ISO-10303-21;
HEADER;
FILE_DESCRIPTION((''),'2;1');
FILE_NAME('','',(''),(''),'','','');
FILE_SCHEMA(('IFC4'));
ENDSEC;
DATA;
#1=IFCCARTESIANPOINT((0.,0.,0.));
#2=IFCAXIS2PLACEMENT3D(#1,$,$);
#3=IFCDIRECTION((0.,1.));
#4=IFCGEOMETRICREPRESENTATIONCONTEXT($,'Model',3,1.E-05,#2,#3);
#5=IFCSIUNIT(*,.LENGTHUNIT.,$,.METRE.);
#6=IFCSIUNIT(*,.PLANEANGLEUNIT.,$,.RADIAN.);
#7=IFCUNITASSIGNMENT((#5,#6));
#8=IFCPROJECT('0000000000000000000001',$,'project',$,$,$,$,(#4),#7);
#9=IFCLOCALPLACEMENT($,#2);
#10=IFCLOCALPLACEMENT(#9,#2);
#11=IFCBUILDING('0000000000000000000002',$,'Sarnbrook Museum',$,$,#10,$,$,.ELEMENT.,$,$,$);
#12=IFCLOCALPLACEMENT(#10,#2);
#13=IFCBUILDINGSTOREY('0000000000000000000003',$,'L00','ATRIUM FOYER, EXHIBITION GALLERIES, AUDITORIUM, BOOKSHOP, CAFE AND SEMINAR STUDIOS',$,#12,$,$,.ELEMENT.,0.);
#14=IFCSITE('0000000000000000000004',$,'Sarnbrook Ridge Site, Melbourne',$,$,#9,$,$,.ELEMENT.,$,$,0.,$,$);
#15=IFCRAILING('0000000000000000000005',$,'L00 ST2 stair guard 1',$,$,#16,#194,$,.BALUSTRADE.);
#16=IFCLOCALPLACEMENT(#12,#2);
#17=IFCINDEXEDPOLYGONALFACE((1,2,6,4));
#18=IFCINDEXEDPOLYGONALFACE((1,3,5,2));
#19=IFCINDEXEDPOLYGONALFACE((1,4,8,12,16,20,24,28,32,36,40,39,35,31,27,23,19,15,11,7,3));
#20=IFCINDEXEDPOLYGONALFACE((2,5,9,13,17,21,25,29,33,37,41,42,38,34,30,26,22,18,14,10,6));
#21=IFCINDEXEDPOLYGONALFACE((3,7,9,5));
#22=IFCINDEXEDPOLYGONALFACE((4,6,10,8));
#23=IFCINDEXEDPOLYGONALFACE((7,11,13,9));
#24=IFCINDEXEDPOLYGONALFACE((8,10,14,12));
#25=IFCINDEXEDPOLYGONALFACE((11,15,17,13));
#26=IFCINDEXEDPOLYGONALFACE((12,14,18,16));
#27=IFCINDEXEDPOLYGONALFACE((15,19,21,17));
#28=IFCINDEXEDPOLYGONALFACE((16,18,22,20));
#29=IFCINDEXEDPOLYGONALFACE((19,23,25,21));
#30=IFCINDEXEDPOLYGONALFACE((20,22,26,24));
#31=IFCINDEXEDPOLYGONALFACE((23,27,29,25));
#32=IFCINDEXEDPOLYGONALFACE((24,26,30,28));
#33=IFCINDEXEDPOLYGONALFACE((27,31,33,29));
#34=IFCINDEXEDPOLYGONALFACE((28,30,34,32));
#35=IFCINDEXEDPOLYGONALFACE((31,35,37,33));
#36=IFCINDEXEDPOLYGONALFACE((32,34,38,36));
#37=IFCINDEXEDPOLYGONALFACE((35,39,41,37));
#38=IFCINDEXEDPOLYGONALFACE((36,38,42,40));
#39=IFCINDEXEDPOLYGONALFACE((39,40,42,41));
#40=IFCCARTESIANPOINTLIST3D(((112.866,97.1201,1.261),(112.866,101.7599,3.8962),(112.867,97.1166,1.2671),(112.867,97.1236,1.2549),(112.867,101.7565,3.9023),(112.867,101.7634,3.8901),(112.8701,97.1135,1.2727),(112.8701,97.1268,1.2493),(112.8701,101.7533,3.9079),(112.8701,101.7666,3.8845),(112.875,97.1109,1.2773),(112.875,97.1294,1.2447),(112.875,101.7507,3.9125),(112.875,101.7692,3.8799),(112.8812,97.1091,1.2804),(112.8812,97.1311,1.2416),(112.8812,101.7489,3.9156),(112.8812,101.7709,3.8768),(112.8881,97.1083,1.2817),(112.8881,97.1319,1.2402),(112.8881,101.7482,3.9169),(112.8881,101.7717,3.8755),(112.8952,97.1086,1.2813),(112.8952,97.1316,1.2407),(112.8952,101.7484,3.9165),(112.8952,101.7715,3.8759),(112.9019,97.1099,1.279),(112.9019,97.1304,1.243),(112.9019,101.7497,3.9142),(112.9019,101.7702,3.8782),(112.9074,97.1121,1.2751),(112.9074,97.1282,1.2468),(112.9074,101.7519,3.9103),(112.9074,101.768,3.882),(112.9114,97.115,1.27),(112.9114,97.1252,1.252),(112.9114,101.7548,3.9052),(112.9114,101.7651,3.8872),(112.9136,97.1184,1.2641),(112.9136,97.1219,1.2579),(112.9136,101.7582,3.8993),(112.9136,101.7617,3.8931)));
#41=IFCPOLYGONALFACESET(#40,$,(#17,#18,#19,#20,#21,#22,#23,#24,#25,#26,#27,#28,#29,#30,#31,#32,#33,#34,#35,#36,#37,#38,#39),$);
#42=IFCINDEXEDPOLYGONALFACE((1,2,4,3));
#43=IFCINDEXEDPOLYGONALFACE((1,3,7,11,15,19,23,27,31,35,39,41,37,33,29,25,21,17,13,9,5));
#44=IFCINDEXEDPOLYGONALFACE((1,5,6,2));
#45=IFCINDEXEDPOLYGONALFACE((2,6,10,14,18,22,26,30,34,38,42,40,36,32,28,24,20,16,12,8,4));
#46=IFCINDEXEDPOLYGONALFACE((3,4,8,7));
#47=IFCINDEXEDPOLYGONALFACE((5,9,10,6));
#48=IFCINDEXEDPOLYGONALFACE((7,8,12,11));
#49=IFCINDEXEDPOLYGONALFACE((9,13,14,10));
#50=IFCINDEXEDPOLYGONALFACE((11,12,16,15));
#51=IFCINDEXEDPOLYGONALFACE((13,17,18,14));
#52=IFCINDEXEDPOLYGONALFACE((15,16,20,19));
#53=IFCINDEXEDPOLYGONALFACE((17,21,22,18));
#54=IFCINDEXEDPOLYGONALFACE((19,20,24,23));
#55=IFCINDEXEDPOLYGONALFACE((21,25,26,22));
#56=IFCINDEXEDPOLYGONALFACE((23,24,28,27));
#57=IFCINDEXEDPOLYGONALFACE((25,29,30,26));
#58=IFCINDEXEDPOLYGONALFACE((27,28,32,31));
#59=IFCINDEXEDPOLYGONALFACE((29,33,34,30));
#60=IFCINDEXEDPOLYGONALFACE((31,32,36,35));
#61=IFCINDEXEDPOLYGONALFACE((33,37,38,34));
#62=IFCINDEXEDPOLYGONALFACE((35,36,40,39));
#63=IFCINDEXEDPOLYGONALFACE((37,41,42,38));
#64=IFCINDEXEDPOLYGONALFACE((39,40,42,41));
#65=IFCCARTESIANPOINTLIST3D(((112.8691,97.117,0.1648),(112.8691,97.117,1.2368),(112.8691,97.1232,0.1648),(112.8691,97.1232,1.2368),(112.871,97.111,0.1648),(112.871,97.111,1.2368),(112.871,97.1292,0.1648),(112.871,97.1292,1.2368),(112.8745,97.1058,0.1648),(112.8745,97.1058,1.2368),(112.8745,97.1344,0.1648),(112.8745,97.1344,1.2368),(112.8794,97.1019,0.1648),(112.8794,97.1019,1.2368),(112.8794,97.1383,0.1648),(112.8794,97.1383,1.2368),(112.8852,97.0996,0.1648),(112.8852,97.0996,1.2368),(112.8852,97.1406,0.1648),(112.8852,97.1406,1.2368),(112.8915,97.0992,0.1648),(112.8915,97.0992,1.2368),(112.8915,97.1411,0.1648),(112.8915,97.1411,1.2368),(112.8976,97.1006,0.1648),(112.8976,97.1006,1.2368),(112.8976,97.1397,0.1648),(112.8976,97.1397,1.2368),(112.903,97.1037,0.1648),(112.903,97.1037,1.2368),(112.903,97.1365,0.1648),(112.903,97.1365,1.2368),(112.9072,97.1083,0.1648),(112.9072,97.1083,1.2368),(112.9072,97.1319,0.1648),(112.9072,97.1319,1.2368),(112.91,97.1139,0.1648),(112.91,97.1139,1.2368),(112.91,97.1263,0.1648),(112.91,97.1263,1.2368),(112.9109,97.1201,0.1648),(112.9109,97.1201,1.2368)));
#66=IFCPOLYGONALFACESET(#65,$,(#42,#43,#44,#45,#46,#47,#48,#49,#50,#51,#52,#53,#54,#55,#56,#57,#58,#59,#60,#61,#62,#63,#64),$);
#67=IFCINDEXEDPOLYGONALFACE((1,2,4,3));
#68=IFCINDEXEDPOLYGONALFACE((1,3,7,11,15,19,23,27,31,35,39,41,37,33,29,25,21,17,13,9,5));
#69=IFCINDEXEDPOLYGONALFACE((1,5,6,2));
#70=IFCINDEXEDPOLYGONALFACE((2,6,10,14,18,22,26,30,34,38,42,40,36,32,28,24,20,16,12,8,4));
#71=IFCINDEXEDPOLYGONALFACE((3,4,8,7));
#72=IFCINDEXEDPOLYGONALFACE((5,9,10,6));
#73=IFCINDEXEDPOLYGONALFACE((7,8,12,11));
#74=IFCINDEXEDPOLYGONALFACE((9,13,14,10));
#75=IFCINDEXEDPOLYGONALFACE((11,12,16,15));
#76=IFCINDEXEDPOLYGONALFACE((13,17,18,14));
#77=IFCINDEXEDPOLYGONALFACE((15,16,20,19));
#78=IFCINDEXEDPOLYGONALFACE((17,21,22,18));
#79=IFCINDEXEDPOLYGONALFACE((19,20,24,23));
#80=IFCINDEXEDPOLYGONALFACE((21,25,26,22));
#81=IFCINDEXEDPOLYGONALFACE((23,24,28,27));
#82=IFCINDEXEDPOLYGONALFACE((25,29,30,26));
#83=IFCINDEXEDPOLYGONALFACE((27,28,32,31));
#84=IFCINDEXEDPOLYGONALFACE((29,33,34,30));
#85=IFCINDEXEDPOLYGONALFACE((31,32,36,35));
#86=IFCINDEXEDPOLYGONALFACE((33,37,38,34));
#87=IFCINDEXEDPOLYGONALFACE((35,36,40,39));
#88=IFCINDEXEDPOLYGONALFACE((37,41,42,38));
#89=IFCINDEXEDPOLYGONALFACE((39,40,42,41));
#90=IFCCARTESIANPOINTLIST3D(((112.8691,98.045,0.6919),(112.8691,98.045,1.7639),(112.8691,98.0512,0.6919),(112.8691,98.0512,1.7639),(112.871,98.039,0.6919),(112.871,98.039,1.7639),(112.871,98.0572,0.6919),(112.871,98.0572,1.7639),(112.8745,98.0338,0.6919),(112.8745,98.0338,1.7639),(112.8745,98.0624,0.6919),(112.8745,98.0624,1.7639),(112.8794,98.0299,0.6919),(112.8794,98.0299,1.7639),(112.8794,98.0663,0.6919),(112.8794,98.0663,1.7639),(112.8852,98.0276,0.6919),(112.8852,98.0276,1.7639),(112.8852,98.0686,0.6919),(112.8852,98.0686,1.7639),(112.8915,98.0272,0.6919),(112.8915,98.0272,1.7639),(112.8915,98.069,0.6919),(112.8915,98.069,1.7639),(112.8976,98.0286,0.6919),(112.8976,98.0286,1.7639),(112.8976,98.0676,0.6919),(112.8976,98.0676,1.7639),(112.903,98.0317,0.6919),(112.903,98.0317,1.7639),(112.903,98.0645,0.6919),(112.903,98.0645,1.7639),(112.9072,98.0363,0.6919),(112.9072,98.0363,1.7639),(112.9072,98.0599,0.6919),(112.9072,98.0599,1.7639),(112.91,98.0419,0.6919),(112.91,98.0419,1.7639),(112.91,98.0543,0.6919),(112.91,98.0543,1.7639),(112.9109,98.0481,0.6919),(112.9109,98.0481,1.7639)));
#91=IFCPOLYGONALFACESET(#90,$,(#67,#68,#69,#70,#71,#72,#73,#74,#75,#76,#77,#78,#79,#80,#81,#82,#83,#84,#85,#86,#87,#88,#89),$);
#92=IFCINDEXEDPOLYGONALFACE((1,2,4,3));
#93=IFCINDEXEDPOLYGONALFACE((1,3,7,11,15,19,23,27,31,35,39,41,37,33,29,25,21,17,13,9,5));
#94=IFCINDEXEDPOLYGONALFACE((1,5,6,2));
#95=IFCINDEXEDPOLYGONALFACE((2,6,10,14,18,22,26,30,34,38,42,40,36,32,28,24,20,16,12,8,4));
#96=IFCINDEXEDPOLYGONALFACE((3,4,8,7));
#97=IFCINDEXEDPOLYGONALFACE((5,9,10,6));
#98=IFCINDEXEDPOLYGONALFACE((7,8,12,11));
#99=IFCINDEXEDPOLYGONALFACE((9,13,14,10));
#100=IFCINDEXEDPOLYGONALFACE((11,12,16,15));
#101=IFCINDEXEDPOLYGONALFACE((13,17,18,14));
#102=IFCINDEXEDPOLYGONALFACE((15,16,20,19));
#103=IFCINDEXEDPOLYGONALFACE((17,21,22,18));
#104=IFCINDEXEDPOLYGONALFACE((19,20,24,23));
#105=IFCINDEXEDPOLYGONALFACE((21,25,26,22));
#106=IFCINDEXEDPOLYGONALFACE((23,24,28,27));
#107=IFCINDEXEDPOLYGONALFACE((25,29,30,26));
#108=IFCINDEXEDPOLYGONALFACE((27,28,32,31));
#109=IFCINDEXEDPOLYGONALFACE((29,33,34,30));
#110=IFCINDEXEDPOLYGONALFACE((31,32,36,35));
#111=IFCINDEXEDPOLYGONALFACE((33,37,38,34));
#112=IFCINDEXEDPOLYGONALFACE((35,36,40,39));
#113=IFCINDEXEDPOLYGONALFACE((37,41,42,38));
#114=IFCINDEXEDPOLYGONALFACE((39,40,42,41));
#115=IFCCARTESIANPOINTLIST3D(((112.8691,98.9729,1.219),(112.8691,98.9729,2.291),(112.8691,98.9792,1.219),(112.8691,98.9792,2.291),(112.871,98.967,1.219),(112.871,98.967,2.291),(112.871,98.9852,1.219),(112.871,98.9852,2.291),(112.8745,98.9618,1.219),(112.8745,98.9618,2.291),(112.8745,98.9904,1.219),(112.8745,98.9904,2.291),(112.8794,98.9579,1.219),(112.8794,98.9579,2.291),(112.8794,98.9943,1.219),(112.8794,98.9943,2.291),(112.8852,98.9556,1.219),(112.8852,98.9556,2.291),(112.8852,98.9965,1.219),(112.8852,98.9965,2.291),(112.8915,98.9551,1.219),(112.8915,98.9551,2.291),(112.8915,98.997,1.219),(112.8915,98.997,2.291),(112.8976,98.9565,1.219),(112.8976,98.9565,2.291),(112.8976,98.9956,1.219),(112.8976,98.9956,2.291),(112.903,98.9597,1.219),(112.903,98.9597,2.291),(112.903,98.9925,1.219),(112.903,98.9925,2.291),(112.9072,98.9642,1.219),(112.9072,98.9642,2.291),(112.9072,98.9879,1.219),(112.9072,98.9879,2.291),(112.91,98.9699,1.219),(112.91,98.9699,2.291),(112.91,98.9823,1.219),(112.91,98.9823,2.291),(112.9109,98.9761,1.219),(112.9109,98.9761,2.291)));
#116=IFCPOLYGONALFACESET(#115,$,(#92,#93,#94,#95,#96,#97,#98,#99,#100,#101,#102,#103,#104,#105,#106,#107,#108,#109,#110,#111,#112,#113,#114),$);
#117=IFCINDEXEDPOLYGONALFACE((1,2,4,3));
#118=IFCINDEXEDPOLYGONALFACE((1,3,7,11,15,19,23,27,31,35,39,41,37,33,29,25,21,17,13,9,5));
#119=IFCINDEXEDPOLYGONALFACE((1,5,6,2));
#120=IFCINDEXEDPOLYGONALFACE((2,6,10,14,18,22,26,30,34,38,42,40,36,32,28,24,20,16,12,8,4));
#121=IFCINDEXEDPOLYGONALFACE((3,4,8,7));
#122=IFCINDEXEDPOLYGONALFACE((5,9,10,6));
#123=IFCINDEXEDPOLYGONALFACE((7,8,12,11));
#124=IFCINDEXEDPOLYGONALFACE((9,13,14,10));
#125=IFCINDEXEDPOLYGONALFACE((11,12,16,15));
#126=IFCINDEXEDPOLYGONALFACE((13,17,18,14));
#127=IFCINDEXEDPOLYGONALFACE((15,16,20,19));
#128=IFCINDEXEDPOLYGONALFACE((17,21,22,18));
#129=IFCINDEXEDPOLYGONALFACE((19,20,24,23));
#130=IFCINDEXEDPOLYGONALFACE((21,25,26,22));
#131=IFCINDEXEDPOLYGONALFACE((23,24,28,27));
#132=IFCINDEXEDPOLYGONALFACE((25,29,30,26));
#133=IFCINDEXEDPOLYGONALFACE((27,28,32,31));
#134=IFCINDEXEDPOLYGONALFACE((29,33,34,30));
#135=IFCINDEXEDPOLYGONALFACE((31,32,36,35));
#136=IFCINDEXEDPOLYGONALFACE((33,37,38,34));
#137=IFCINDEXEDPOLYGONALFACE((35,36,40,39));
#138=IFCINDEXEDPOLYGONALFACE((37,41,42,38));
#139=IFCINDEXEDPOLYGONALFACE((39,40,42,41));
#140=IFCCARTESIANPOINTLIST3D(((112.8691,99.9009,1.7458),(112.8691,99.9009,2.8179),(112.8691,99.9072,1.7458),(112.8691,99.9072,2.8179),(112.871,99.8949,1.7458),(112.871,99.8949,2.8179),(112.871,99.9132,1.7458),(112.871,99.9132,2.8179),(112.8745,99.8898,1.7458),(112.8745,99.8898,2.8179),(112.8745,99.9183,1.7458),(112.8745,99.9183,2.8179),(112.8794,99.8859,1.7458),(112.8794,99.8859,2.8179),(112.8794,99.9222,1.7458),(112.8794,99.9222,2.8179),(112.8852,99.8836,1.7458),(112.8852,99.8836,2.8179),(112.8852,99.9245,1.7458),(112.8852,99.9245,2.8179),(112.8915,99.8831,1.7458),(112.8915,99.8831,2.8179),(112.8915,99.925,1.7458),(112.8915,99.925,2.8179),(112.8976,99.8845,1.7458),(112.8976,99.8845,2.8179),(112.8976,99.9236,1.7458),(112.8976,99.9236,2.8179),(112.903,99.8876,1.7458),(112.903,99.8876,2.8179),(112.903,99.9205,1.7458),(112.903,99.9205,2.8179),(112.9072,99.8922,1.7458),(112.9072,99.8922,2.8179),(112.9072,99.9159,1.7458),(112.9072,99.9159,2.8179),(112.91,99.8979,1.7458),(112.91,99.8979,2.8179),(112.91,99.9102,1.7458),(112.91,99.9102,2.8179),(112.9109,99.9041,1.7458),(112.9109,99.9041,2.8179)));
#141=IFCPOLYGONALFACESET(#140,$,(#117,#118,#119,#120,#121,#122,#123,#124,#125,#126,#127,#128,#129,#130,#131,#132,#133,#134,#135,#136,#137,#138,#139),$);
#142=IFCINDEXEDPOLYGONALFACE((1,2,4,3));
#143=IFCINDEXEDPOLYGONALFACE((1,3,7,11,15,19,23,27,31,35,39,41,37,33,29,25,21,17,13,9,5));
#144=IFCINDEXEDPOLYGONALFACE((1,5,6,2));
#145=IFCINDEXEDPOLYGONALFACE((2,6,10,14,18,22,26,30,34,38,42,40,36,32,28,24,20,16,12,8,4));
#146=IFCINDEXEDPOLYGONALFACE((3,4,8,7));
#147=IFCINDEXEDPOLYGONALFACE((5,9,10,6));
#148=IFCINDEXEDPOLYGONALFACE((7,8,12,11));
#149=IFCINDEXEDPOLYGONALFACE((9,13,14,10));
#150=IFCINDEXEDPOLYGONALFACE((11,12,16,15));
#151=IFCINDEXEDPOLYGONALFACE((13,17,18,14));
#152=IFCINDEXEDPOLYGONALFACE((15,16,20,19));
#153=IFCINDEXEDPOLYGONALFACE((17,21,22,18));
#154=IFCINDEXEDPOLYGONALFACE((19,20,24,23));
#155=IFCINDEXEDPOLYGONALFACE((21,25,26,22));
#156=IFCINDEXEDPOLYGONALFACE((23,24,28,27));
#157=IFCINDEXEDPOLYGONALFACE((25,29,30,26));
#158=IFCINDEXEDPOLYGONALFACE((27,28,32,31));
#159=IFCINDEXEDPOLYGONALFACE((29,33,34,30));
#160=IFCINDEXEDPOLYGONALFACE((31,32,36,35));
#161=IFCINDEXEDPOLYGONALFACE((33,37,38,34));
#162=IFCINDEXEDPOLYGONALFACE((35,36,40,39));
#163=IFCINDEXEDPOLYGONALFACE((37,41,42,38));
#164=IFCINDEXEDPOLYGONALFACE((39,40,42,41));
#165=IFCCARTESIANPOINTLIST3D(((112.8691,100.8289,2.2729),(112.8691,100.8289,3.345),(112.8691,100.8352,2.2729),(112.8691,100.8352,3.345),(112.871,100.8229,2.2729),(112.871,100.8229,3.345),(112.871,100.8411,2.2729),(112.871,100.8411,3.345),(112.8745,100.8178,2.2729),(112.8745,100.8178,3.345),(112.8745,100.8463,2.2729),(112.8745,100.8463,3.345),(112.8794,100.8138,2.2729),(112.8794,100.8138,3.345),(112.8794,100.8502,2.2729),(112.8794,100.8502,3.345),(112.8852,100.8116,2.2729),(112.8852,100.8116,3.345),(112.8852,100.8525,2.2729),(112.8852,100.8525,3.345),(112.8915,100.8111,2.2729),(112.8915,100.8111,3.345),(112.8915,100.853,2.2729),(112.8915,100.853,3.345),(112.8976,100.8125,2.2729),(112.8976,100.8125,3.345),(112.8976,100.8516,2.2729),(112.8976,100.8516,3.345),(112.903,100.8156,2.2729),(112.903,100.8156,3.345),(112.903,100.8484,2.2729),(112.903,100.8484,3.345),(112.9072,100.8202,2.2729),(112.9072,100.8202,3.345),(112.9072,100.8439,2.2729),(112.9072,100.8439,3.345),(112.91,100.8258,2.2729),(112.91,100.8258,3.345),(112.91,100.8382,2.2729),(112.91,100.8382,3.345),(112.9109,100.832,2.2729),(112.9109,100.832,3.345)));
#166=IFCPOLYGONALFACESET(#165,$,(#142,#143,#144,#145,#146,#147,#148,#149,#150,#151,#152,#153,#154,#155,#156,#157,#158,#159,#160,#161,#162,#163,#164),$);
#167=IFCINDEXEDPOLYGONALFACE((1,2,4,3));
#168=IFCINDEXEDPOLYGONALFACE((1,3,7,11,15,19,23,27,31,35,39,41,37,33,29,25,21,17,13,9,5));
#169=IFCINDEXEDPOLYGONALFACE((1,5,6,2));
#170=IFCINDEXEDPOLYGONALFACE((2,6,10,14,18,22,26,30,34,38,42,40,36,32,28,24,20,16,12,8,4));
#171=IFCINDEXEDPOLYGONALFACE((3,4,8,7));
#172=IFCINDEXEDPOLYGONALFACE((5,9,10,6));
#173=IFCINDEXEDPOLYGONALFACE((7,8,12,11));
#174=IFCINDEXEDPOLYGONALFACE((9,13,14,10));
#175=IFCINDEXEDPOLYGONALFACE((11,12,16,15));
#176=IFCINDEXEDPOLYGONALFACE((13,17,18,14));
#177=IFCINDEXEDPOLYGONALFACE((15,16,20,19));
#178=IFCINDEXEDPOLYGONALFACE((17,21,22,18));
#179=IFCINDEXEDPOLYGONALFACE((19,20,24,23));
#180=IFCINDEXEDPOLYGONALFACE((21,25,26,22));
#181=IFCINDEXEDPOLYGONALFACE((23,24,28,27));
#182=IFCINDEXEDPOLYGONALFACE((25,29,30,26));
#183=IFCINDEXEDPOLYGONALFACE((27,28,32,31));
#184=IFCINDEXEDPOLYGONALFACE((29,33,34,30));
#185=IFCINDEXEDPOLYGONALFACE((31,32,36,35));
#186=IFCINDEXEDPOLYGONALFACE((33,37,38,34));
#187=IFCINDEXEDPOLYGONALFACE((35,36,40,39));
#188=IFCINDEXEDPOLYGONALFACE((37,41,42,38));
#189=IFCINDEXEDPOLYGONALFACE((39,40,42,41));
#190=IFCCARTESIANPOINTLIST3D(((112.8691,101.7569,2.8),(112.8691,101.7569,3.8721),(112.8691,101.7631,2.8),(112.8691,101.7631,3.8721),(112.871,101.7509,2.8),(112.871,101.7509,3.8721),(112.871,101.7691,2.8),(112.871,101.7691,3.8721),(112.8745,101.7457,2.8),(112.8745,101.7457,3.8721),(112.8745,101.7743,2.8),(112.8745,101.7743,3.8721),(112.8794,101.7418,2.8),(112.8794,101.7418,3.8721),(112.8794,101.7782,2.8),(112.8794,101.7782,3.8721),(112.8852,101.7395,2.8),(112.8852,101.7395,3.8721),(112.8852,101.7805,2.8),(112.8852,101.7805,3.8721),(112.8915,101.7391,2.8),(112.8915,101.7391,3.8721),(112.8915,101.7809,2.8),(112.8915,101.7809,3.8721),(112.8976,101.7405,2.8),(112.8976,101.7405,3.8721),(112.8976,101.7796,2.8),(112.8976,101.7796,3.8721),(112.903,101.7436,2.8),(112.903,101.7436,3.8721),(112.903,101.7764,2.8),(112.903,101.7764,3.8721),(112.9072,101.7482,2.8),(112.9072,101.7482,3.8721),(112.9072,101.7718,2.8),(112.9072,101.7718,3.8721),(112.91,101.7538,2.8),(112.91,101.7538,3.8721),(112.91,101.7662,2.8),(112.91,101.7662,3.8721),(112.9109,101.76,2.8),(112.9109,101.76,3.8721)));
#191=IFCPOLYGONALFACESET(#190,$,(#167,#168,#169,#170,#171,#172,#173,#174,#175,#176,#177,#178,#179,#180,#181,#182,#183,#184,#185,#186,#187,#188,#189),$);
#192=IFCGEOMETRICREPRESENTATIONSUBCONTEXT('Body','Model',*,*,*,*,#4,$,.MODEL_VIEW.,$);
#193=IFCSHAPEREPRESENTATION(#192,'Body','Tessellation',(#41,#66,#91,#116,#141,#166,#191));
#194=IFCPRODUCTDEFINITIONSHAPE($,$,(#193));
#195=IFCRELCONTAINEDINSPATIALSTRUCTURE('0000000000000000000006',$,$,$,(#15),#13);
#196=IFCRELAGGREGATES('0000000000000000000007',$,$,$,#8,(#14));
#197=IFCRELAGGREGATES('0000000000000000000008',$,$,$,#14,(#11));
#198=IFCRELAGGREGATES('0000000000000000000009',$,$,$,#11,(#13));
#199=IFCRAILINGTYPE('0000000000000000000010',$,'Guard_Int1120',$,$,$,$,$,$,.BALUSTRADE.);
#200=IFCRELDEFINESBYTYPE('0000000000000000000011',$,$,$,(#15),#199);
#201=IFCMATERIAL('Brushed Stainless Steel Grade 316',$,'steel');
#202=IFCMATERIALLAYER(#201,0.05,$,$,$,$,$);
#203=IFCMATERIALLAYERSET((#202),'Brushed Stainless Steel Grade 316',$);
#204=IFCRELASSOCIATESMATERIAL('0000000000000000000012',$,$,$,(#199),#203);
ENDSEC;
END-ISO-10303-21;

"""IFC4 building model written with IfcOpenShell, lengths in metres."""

from ifc_helpers import new_model, si_unit, direction, frame, origin, origin_2d, place, context, subcontext, project, spatial, circle, extrude, material, layer, layer_set, type_object, element, save


model = new_model("IFC4")

# Units and contexts
model_context = context("Model", 3, precision=1e-05, world=origin(), true_north=direction((0.0, 1.0)))
body_context = subcontext(model_context, "Body", "Model", "MODEL_VIEW")
ifc_project = project(units=[si_unit("LENGTHUNIT", "METRE"), si_unit("PLANEANGLEUNIT", "RADIAN")], contexts=[model_context])

# Site, building, storey
site_placement = place(None, origin())
site = spatial("IfcSite", under=ifc_project, at=site_placement, Name="Sarnbrook Ridge Site, Melbourne", CompositionType="ELEMENT", RefElevation=0.0)
building_placement = place(site_placement, origin())
building = spatial("IfcBuilding", under=site, at=building_placement, Name="Sarnbrook Museum", CompositionType="ELEMENT")
storey_placement = place(building_placement, origin())
storey = spatial("IfcBuildingStorey", under=building, at=storey_placement, Name="L00", Description="ATRIUM FOYER, EXHIBITION GALLERIES, AUDITORIUM, BOOKSHOP, CAFE AND SEMINAR STUDIOS", CompositionType="ELEMENT", Elevation=0.0)

# Shared definitions
ifc_material_1 = material(Name="Brushed Stainless Steel Grade 316", Category="steel")

# Railing
ifc_layer_1 = layer(ifc_material_1, 0.05)
ifc_layer_set_1 = layer_set([ifc_layer_1], Name="Brushed Stainless Steel Grade 316")
railing_type_1 = type_object("IfcRailingType", Name="Guard_Int1120", PredefinedType="BALUSTRADE", material=ifc_layer_set_1)
railing_1_placement = place(storey_placement, frame((112.8899, 97.1201, 0.1648)))
element("IfcRailing", 1, at=railing_1_placement, inside=storey, type_object=railing_type_1, Name="L00 ST2 stair guard 1", PredefinedType="BALUSTRADE", context=body_context, shape_type="SweptSolid", body=[
    extrude(circle(Radius=0.0239, at=origin_2d()), frame((0.0, 0.0, 1.0962), z_axis=(0.0, 0.869541, 0.493861), x_axis=(-1.0, 0.0, 0.0)), (0.0, 0.0, 1.0), 5.3359),
    extrude(circle(Radius=0.021, at=origin_2d()), origin(), (0.0, 0.0, 1.0), 1.072),
    extrude(circle(Radius=0.021, at=origin_2d()), frame((0.0, 0.928, 0.5271)), (0.0, 0.0, 1.0), 1.072),
    extrude(circle(Radius=0.021, at=origin_2d()), frame((0.0, 1.856, 1.0542)), (0.0, 0.0, 1.0), 1.072),
    extrude(circle(Radius=0.021, at=origin_2d()), frame((0.0, 2.7839, 1.5811)), (0.0, 0.0, 1.0), 1.072),
    extrude(circle(Radius=0.021, at=origin_2d()), frame((0.0, 3.7119, 2.1082)), (0.0, 0.0, 1.0), 1.072),
    extrude(circle(Radius=0.021, at=origin_2d()), frame((0.0, 4.6399, 2.6353)), (0.0, 0.0, 1.0), 1.072),
])

save(model, "model.ifc")
